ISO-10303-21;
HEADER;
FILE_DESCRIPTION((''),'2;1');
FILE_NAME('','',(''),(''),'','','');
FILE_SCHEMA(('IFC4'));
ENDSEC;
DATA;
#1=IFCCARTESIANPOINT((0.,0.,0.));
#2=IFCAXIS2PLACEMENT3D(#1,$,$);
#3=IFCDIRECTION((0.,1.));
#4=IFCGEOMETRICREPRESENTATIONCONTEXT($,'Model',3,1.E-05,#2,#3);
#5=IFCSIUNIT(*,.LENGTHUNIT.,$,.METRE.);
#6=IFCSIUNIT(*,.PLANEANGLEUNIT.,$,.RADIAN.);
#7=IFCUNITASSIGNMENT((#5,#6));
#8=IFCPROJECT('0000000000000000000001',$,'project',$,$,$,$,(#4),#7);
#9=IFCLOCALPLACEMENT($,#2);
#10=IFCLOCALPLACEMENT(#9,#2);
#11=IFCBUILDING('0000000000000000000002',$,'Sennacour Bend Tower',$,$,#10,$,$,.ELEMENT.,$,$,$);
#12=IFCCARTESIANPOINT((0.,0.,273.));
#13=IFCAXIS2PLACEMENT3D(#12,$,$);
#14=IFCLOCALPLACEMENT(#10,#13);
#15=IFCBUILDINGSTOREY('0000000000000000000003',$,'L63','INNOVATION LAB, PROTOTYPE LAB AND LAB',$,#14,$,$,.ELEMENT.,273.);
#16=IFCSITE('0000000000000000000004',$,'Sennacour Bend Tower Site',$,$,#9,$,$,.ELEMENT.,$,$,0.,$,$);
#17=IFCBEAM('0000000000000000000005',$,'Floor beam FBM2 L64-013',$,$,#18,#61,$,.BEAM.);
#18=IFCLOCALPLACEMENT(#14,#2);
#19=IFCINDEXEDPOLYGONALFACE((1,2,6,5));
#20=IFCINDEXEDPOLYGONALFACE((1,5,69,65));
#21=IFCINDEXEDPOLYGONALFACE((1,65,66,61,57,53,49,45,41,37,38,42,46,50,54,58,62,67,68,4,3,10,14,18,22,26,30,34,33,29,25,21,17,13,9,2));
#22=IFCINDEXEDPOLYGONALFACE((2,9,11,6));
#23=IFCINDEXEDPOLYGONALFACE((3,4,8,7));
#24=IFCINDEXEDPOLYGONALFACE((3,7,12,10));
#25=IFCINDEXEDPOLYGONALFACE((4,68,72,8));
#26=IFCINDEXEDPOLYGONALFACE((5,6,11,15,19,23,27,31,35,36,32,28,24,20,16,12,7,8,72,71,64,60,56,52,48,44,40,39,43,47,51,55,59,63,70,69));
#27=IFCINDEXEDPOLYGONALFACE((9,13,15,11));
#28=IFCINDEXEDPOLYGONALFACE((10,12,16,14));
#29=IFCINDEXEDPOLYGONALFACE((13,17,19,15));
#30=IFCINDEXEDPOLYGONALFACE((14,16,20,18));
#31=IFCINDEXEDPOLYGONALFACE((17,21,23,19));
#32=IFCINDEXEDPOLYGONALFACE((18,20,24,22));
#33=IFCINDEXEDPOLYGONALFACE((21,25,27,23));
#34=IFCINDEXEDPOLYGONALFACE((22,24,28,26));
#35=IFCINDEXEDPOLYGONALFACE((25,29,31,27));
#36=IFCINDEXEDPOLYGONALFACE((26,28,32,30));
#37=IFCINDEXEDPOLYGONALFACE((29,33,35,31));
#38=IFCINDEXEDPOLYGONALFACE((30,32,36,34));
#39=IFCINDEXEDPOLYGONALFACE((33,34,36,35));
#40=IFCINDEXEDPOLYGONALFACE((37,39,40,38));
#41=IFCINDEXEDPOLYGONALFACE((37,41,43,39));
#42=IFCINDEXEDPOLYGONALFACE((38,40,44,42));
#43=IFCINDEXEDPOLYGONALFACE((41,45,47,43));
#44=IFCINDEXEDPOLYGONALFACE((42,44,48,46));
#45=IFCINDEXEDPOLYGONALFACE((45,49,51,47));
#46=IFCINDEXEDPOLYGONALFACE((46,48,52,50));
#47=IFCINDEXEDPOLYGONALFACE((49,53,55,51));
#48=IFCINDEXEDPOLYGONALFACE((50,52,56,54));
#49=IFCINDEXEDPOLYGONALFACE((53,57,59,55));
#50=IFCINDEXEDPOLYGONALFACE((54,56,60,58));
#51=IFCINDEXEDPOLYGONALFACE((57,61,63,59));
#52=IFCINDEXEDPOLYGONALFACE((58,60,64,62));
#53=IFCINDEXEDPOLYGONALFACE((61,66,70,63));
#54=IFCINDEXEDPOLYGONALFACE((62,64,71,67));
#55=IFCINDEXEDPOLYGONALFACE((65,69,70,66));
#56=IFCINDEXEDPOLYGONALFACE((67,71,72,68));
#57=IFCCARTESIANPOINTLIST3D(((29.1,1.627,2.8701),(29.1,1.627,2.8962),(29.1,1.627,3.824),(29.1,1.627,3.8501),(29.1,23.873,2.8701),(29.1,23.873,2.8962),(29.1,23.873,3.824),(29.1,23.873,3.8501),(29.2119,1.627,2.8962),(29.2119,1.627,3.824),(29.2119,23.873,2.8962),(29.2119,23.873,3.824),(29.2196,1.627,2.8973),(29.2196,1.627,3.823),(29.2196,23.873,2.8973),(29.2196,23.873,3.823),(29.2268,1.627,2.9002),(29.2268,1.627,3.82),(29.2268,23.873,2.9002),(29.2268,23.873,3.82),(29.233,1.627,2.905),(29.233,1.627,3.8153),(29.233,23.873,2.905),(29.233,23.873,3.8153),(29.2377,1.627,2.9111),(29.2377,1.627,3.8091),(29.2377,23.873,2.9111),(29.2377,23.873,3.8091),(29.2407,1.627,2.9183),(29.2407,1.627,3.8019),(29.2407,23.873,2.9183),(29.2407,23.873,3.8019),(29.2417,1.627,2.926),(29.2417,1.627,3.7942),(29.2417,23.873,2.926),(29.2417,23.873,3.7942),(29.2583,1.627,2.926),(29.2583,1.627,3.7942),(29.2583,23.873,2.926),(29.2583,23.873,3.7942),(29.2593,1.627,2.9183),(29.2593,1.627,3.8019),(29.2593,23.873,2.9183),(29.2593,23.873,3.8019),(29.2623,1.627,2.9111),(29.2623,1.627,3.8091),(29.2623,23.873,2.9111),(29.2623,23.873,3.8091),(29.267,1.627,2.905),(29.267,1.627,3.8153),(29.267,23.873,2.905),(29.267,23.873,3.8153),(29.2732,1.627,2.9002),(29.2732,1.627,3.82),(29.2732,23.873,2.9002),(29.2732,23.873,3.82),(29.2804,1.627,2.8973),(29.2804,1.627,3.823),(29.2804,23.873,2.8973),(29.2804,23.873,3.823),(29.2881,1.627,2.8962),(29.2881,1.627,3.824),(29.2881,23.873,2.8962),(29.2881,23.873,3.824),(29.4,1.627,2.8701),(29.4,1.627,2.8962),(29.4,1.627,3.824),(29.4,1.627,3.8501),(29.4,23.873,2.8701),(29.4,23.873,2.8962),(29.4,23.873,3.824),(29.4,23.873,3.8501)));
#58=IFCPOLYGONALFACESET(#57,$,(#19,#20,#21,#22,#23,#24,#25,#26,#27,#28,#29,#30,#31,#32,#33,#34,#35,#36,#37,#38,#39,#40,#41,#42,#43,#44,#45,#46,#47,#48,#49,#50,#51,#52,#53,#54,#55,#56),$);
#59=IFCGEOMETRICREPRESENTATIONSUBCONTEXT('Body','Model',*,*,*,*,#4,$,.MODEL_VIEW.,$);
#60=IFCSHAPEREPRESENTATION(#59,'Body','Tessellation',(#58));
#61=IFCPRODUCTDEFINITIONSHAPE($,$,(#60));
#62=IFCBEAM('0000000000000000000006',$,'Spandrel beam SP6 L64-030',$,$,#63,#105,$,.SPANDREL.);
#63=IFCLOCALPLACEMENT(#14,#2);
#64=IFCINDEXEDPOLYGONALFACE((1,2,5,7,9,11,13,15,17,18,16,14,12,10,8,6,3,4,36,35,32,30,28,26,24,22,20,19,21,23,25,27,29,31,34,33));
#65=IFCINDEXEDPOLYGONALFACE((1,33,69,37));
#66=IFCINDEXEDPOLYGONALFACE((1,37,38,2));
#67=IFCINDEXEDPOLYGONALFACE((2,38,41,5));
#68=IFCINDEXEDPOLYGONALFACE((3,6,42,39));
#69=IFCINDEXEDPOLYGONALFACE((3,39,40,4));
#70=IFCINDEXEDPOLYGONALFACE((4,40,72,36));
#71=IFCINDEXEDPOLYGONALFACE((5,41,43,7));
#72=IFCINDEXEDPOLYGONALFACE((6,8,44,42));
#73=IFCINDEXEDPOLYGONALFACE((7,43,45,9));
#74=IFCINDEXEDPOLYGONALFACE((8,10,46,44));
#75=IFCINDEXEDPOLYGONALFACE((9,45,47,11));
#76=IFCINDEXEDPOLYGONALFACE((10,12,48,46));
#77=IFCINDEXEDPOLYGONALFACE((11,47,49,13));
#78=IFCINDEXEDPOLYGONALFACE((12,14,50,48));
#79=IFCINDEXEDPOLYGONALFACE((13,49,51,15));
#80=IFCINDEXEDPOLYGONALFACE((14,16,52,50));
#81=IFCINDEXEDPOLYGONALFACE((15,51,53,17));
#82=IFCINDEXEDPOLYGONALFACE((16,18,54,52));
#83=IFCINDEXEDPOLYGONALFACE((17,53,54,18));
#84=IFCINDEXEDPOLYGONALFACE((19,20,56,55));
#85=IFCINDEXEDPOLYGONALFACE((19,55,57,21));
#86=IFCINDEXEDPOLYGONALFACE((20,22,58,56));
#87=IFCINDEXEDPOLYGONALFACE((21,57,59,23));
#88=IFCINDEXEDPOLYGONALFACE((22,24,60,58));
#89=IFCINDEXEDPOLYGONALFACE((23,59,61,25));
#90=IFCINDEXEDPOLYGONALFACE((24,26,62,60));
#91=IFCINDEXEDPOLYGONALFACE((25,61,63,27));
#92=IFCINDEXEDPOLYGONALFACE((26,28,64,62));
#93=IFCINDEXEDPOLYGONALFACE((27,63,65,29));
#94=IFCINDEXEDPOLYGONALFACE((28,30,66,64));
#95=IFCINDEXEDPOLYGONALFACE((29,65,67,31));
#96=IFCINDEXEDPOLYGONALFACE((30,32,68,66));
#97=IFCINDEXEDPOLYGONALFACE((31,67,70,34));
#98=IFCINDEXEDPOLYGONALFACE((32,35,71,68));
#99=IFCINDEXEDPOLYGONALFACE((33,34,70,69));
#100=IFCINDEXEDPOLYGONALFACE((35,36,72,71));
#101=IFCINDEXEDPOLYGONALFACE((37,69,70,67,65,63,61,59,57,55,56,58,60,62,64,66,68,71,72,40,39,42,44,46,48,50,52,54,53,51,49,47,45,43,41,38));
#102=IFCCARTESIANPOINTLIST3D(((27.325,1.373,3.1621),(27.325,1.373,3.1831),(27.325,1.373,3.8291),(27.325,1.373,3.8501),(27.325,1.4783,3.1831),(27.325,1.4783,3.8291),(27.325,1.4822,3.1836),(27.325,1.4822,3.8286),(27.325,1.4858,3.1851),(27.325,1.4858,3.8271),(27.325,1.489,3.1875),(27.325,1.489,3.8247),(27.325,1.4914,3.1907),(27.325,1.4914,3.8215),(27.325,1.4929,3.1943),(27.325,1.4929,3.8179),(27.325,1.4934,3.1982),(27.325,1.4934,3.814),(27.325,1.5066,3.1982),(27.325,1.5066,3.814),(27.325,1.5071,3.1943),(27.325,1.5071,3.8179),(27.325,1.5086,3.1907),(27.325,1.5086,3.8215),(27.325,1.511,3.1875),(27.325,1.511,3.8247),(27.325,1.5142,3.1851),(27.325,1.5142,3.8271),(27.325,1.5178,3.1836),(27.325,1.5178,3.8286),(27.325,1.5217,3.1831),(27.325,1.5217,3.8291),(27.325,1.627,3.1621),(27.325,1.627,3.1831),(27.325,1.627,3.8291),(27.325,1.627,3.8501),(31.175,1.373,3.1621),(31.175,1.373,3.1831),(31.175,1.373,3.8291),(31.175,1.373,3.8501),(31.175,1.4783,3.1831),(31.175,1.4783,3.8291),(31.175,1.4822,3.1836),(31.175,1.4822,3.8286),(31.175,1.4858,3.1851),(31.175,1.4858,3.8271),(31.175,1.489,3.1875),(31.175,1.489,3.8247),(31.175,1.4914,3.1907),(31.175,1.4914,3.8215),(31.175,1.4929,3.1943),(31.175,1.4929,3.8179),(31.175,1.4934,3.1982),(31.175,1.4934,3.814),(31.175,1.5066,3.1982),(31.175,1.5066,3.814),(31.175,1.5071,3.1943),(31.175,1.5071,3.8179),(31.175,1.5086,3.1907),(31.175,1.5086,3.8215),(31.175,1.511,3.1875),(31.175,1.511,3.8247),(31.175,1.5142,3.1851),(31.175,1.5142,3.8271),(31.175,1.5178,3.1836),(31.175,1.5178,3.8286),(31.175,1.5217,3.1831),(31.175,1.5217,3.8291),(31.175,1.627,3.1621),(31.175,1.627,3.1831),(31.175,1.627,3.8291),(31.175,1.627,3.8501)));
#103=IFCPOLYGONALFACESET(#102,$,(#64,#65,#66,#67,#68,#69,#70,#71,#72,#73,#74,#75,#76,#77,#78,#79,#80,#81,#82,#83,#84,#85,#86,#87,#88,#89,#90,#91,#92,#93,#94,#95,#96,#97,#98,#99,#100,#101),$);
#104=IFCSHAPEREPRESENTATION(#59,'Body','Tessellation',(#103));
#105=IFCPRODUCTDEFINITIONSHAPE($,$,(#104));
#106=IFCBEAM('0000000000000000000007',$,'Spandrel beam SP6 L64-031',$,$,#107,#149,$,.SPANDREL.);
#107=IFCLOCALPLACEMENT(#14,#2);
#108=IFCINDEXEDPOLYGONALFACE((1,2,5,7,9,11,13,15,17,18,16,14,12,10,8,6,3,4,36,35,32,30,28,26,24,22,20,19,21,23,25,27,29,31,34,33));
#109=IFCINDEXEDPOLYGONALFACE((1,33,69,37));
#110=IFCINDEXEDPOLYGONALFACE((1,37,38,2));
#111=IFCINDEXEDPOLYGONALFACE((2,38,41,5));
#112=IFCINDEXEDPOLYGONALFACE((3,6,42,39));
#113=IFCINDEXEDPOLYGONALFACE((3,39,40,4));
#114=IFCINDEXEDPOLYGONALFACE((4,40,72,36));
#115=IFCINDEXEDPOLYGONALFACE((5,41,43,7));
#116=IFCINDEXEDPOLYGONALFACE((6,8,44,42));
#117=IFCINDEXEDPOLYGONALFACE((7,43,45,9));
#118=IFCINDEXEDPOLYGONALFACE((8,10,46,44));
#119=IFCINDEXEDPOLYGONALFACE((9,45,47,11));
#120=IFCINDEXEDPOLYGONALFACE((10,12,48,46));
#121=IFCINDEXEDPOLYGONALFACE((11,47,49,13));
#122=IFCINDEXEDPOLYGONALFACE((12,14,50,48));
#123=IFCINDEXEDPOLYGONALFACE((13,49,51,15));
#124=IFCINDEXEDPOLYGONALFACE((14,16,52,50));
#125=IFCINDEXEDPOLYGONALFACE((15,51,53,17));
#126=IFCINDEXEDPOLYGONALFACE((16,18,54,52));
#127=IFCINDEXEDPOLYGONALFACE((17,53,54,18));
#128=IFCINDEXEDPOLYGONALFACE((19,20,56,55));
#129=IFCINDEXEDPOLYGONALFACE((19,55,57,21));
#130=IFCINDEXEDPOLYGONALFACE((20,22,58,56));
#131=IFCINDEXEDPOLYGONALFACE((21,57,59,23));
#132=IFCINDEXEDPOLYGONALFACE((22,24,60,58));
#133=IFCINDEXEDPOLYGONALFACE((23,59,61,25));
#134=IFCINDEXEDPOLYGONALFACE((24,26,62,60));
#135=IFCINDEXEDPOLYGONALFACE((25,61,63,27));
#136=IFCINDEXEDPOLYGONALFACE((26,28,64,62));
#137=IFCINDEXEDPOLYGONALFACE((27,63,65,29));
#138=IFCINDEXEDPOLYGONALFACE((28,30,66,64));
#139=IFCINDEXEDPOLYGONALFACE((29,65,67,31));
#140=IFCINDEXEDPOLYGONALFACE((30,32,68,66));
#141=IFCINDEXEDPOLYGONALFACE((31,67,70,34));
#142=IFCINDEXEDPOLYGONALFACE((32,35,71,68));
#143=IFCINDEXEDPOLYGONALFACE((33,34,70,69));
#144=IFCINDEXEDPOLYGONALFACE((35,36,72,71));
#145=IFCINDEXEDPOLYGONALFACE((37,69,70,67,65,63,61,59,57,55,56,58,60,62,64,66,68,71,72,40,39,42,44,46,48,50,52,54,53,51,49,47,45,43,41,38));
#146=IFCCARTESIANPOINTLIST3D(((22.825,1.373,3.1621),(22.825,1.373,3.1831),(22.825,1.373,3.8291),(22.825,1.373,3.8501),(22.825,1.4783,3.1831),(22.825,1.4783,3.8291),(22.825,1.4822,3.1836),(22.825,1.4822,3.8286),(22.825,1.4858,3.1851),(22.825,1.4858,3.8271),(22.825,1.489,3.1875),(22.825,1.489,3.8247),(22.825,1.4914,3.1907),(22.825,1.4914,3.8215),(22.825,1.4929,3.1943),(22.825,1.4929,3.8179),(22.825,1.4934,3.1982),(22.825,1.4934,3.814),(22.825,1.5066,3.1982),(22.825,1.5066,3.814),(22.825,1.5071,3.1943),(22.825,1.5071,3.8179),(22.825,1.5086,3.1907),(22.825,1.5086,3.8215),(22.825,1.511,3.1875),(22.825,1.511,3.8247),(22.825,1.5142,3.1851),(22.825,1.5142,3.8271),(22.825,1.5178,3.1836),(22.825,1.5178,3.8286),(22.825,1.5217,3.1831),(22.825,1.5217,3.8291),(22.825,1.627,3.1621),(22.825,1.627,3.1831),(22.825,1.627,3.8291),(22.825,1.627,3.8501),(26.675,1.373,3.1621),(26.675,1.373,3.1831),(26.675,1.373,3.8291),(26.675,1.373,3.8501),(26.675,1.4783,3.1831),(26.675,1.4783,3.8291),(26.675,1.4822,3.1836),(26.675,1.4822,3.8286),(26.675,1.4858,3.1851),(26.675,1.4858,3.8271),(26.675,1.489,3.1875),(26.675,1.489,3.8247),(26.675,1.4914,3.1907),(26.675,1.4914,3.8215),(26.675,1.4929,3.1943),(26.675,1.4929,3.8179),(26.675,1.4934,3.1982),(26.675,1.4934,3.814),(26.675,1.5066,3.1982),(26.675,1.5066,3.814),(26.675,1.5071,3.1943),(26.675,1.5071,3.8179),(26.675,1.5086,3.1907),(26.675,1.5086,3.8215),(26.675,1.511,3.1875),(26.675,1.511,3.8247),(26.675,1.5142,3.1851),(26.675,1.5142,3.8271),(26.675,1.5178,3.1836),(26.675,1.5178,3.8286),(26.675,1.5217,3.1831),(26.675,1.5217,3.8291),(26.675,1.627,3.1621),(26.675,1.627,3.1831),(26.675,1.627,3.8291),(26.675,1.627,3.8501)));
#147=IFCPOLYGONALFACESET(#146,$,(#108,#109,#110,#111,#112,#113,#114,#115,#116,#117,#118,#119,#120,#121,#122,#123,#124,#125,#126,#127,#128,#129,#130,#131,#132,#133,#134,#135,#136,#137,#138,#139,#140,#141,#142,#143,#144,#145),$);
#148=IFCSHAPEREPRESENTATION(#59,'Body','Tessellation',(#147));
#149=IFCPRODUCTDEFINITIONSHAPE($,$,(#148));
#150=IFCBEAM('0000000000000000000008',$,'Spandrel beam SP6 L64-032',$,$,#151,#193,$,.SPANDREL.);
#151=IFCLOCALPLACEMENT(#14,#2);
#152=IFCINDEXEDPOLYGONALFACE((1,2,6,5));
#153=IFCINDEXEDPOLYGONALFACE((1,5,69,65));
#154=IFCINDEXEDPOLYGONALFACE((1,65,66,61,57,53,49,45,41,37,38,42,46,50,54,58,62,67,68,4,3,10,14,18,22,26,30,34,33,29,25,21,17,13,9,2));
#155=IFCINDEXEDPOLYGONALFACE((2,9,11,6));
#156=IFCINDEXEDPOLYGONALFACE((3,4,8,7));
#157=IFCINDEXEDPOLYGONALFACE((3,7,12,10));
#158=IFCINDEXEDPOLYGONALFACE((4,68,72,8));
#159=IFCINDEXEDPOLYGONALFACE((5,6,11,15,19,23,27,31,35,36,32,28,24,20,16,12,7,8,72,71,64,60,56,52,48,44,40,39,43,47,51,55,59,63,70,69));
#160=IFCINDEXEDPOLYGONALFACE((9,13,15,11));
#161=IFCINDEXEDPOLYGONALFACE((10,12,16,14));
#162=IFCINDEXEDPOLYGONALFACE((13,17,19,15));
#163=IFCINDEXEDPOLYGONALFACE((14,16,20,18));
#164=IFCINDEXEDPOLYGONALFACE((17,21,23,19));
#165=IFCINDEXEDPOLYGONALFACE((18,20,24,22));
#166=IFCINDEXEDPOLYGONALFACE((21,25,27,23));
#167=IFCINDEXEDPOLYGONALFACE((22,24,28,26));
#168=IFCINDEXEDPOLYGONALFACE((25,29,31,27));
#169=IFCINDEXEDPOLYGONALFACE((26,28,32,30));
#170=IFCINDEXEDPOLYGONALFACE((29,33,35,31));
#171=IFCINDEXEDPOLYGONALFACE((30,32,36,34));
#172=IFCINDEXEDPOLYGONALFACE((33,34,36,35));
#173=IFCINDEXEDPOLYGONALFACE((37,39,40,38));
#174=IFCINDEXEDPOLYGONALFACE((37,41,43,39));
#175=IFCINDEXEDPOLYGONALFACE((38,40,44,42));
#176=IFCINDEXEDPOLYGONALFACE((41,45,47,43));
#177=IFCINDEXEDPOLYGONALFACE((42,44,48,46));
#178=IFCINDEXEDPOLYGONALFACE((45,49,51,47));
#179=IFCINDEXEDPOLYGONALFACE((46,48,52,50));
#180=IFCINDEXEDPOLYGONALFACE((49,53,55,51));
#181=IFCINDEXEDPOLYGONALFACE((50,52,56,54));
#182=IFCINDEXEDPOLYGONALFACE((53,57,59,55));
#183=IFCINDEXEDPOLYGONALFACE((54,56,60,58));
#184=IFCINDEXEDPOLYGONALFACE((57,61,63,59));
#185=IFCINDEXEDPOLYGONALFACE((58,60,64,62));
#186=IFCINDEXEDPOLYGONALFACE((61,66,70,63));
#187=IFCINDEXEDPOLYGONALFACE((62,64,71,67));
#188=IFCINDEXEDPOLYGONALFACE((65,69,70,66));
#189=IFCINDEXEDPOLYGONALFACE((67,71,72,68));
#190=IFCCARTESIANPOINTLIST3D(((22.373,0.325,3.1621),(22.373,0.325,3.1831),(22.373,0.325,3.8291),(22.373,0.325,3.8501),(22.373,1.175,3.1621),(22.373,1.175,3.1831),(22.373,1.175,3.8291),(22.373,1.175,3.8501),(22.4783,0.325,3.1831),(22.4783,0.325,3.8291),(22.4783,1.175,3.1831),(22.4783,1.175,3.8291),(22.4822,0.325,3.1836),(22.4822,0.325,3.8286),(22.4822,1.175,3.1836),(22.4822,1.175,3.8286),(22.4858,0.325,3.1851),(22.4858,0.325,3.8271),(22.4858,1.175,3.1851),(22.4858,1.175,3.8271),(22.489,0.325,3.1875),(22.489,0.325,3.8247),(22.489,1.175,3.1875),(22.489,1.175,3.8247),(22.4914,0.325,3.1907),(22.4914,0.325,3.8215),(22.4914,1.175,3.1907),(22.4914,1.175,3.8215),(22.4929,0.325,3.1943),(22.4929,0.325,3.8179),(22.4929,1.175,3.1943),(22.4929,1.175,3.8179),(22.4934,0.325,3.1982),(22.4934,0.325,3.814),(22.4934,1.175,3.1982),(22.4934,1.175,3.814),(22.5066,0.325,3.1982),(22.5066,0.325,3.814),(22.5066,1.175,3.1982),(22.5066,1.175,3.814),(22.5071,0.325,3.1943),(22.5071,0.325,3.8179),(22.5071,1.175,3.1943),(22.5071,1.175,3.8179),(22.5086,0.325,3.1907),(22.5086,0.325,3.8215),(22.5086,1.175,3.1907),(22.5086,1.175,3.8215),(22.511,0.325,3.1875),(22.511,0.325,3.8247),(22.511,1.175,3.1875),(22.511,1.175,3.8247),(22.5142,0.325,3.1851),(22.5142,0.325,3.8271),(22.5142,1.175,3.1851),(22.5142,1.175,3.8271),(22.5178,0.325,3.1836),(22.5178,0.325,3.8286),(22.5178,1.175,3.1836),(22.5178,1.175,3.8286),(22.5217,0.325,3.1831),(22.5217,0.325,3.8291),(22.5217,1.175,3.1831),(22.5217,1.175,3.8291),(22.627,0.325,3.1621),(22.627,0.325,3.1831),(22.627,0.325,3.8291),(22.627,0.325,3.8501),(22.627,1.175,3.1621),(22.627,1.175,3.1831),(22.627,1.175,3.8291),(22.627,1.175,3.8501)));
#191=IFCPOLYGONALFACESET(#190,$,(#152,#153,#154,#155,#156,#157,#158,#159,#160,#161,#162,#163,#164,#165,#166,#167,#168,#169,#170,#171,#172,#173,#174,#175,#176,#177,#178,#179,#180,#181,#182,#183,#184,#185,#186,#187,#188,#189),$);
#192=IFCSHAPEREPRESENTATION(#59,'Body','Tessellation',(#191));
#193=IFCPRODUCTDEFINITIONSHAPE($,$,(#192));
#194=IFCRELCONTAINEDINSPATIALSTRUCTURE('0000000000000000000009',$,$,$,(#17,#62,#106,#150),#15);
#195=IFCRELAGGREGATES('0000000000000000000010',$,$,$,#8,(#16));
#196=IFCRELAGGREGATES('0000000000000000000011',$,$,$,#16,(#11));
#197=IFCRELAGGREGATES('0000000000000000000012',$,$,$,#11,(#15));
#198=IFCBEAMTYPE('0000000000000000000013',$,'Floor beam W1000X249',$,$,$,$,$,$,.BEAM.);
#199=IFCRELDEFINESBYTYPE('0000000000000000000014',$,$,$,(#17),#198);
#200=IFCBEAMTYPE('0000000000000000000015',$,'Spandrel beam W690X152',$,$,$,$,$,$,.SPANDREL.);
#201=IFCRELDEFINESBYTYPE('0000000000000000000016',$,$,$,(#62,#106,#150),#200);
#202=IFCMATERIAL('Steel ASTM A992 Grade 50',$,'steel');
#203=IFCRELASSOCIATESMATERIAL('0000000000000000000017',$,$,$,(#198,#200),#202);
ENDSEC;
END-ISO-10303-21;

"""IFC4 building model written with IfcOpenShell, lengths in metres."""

from ifc_helpers import new_model, si_unit, direction, frame, origin, origin_2d, place, context, subcontext, project, spatial, i_section, extrude, material, material_profile, profile_set, type_object, element, save


model = new_model("IFC4")

# Units and contexts
model_context = context("Model", 3, precision=1e-05, world=origin(), true_north=direction((0.0, 1.0)))
body_context = subcontext(model_context, "Body", "Model", "MODEL_VIEW")
ifc_project = project(units=[si_unit("LENGTHUNIT", "METRE"), si_unit("PLANEANGLEUNIT", "RADIAN")], contexts=[model_context])

# Site, building, storey
site_placement = place(None, origin())
site = spatial("IfcSite", under=ifc_project, at=site_placement, Name="Sennacour Bend Tower Site", CompositionType="ELEMENT", RefElevation=0.0)
building_placement = place(site_placement, origin())
building = spatial("IfcBuilding", under=site, at=building_placement, Name="Sennacour Bend Tower", CompositionType="ELEMENT")
storey_placement = place(building_placement, frame((0.0, 0.0, 273.0)))
storey = spatial("IfcBuildingStorey", under=building, at=storey_placement, Name="L63", Description="INNOVATION LAB, PROTOTYPE LAB AND LAB", CompositionType="ELEMENT", Elevation=273.0)

# Beams
ifc_material_1 = material(Name="Steel ASTM A992 Grade 50", Category="steel")
ifc_material_profile_1 = material_profile(ifc_material_1, i_section(OverallWidth=0.3, OverallDepth=0.98, WebThickness=0.0166, FlangeThickness=0.0261, FilletRadius=0.0298, at=origin_2d()), Name="Steel ASTM A992 Grade 50", Category="steel")
ifc_profile_set_1 = profile_set([ifc_material_profile_1], Name="Steel ASTM A992 Grade 50")
beam_type_1 = type_object("IfcBeamType", Name="Floor beam W1000X249", PredefinedType="BEAM", material=ifc_profile_set_1)
for number, where, z_axis, x_axis, name in (
    (1, (29.25, 1.627, 3.3601), (0.0, 1.0, 0.0), (-1.0, 0.0, 0.0), "Floor beam FBM2 L64-013"),
):
    element("IfcBeam", number, at=place(storey_placement, frame(where, z_axis=z_axis, x_axis=x_axis)), inside=storey, type_object=beam_type_1, Name=name, PredefinedType="BEAM", context=body_context, shape_type="SweptSolid", body=[
        extrude(i_section(OverallWidth=0.3, OverallDepth=0.98, WebThickness=0.0166, FlangeThickness=0.0261, FilletRadius=0.0298, at=origin_2d()), origin(), (0.0, 0.0, 1.0), 22.2461),
    ])
ifc_material_profile_2 = material_profile(ifc_material_1, i_section(OverallWidth=0.2539, OverallDepth=0.688, WebThickness=0.0132, FlangeThickness=0.021, FilletRadius=0.0151, at=origin_2d()), Name="Steel ASTM A992 Grade 50", Category="steel")
ifc_profile_set_2 = profile_set([ifc_material_profile_2], Name="Steel ASTM A992 Grade 50")
beam_type_2 = type_object("IfcBeamType", Name="Spandrel beam W690X152", PredefinedType="SPANDREL", material=ifc_profile_set_2)
for number, where, z_axis, x_axis, name in (
    (2, (31.175, 1.5, 3.5061), (-1.0, 0.0, 0.0), (0.0, -1.0, 0.0), "Spandrel beam SP6 L64-030"),
    (3, (26.675, 1.5, 3.5061), (-1.0, 0.0, 0.0), (0.0, -1.0, 0.0), "Spandrel beam SP6 L64-031"),
):
    element("IfcBeam", number, at=place(storey_placement, frame(where, z_axis=z_axis, x_axis=x_axis)), inside=storey, type_object=beam_type_2, Name=name, PredefinedType="SPANDREL", context=body_context, shape_type="SweptSolid", body=[
        extrude(i_section(OverallWidth=0.2539, OverallDepth=0.688, WebThickness=0.0132, FlangeThickness=0.021, FilletRadius=0.0151, at=origin_2d()), origin(), (0.0, 0.0, 1.0), 3.8501),
    ])
beam_1_placement = place(storey_placement, frame((22.5, 1.175, 3.5061), z_axis=(0.0, -1.0, 0.0), x_axis=(1.0, 0.0, 0.0)))
element("IfcBeam", 4, at=beam_1_placement, inside=storey, type_object=beam_type_2, Name="Spandrel beam SP6 L64-032", PredefinedType="SPANDREL", context=body_context, shape_type="SweptSolid", body=[
    extrude(i_section(OverallWidth=0.2539, OverallDepth=0.688, WebThickness=0.0132, FlangeThickness=0.021, FilletRadius=0.0151, at=origin_2d()), origin(), (0.0, 0.0, 1.0), 0.8501),
])

save(model, "model.ifc")
